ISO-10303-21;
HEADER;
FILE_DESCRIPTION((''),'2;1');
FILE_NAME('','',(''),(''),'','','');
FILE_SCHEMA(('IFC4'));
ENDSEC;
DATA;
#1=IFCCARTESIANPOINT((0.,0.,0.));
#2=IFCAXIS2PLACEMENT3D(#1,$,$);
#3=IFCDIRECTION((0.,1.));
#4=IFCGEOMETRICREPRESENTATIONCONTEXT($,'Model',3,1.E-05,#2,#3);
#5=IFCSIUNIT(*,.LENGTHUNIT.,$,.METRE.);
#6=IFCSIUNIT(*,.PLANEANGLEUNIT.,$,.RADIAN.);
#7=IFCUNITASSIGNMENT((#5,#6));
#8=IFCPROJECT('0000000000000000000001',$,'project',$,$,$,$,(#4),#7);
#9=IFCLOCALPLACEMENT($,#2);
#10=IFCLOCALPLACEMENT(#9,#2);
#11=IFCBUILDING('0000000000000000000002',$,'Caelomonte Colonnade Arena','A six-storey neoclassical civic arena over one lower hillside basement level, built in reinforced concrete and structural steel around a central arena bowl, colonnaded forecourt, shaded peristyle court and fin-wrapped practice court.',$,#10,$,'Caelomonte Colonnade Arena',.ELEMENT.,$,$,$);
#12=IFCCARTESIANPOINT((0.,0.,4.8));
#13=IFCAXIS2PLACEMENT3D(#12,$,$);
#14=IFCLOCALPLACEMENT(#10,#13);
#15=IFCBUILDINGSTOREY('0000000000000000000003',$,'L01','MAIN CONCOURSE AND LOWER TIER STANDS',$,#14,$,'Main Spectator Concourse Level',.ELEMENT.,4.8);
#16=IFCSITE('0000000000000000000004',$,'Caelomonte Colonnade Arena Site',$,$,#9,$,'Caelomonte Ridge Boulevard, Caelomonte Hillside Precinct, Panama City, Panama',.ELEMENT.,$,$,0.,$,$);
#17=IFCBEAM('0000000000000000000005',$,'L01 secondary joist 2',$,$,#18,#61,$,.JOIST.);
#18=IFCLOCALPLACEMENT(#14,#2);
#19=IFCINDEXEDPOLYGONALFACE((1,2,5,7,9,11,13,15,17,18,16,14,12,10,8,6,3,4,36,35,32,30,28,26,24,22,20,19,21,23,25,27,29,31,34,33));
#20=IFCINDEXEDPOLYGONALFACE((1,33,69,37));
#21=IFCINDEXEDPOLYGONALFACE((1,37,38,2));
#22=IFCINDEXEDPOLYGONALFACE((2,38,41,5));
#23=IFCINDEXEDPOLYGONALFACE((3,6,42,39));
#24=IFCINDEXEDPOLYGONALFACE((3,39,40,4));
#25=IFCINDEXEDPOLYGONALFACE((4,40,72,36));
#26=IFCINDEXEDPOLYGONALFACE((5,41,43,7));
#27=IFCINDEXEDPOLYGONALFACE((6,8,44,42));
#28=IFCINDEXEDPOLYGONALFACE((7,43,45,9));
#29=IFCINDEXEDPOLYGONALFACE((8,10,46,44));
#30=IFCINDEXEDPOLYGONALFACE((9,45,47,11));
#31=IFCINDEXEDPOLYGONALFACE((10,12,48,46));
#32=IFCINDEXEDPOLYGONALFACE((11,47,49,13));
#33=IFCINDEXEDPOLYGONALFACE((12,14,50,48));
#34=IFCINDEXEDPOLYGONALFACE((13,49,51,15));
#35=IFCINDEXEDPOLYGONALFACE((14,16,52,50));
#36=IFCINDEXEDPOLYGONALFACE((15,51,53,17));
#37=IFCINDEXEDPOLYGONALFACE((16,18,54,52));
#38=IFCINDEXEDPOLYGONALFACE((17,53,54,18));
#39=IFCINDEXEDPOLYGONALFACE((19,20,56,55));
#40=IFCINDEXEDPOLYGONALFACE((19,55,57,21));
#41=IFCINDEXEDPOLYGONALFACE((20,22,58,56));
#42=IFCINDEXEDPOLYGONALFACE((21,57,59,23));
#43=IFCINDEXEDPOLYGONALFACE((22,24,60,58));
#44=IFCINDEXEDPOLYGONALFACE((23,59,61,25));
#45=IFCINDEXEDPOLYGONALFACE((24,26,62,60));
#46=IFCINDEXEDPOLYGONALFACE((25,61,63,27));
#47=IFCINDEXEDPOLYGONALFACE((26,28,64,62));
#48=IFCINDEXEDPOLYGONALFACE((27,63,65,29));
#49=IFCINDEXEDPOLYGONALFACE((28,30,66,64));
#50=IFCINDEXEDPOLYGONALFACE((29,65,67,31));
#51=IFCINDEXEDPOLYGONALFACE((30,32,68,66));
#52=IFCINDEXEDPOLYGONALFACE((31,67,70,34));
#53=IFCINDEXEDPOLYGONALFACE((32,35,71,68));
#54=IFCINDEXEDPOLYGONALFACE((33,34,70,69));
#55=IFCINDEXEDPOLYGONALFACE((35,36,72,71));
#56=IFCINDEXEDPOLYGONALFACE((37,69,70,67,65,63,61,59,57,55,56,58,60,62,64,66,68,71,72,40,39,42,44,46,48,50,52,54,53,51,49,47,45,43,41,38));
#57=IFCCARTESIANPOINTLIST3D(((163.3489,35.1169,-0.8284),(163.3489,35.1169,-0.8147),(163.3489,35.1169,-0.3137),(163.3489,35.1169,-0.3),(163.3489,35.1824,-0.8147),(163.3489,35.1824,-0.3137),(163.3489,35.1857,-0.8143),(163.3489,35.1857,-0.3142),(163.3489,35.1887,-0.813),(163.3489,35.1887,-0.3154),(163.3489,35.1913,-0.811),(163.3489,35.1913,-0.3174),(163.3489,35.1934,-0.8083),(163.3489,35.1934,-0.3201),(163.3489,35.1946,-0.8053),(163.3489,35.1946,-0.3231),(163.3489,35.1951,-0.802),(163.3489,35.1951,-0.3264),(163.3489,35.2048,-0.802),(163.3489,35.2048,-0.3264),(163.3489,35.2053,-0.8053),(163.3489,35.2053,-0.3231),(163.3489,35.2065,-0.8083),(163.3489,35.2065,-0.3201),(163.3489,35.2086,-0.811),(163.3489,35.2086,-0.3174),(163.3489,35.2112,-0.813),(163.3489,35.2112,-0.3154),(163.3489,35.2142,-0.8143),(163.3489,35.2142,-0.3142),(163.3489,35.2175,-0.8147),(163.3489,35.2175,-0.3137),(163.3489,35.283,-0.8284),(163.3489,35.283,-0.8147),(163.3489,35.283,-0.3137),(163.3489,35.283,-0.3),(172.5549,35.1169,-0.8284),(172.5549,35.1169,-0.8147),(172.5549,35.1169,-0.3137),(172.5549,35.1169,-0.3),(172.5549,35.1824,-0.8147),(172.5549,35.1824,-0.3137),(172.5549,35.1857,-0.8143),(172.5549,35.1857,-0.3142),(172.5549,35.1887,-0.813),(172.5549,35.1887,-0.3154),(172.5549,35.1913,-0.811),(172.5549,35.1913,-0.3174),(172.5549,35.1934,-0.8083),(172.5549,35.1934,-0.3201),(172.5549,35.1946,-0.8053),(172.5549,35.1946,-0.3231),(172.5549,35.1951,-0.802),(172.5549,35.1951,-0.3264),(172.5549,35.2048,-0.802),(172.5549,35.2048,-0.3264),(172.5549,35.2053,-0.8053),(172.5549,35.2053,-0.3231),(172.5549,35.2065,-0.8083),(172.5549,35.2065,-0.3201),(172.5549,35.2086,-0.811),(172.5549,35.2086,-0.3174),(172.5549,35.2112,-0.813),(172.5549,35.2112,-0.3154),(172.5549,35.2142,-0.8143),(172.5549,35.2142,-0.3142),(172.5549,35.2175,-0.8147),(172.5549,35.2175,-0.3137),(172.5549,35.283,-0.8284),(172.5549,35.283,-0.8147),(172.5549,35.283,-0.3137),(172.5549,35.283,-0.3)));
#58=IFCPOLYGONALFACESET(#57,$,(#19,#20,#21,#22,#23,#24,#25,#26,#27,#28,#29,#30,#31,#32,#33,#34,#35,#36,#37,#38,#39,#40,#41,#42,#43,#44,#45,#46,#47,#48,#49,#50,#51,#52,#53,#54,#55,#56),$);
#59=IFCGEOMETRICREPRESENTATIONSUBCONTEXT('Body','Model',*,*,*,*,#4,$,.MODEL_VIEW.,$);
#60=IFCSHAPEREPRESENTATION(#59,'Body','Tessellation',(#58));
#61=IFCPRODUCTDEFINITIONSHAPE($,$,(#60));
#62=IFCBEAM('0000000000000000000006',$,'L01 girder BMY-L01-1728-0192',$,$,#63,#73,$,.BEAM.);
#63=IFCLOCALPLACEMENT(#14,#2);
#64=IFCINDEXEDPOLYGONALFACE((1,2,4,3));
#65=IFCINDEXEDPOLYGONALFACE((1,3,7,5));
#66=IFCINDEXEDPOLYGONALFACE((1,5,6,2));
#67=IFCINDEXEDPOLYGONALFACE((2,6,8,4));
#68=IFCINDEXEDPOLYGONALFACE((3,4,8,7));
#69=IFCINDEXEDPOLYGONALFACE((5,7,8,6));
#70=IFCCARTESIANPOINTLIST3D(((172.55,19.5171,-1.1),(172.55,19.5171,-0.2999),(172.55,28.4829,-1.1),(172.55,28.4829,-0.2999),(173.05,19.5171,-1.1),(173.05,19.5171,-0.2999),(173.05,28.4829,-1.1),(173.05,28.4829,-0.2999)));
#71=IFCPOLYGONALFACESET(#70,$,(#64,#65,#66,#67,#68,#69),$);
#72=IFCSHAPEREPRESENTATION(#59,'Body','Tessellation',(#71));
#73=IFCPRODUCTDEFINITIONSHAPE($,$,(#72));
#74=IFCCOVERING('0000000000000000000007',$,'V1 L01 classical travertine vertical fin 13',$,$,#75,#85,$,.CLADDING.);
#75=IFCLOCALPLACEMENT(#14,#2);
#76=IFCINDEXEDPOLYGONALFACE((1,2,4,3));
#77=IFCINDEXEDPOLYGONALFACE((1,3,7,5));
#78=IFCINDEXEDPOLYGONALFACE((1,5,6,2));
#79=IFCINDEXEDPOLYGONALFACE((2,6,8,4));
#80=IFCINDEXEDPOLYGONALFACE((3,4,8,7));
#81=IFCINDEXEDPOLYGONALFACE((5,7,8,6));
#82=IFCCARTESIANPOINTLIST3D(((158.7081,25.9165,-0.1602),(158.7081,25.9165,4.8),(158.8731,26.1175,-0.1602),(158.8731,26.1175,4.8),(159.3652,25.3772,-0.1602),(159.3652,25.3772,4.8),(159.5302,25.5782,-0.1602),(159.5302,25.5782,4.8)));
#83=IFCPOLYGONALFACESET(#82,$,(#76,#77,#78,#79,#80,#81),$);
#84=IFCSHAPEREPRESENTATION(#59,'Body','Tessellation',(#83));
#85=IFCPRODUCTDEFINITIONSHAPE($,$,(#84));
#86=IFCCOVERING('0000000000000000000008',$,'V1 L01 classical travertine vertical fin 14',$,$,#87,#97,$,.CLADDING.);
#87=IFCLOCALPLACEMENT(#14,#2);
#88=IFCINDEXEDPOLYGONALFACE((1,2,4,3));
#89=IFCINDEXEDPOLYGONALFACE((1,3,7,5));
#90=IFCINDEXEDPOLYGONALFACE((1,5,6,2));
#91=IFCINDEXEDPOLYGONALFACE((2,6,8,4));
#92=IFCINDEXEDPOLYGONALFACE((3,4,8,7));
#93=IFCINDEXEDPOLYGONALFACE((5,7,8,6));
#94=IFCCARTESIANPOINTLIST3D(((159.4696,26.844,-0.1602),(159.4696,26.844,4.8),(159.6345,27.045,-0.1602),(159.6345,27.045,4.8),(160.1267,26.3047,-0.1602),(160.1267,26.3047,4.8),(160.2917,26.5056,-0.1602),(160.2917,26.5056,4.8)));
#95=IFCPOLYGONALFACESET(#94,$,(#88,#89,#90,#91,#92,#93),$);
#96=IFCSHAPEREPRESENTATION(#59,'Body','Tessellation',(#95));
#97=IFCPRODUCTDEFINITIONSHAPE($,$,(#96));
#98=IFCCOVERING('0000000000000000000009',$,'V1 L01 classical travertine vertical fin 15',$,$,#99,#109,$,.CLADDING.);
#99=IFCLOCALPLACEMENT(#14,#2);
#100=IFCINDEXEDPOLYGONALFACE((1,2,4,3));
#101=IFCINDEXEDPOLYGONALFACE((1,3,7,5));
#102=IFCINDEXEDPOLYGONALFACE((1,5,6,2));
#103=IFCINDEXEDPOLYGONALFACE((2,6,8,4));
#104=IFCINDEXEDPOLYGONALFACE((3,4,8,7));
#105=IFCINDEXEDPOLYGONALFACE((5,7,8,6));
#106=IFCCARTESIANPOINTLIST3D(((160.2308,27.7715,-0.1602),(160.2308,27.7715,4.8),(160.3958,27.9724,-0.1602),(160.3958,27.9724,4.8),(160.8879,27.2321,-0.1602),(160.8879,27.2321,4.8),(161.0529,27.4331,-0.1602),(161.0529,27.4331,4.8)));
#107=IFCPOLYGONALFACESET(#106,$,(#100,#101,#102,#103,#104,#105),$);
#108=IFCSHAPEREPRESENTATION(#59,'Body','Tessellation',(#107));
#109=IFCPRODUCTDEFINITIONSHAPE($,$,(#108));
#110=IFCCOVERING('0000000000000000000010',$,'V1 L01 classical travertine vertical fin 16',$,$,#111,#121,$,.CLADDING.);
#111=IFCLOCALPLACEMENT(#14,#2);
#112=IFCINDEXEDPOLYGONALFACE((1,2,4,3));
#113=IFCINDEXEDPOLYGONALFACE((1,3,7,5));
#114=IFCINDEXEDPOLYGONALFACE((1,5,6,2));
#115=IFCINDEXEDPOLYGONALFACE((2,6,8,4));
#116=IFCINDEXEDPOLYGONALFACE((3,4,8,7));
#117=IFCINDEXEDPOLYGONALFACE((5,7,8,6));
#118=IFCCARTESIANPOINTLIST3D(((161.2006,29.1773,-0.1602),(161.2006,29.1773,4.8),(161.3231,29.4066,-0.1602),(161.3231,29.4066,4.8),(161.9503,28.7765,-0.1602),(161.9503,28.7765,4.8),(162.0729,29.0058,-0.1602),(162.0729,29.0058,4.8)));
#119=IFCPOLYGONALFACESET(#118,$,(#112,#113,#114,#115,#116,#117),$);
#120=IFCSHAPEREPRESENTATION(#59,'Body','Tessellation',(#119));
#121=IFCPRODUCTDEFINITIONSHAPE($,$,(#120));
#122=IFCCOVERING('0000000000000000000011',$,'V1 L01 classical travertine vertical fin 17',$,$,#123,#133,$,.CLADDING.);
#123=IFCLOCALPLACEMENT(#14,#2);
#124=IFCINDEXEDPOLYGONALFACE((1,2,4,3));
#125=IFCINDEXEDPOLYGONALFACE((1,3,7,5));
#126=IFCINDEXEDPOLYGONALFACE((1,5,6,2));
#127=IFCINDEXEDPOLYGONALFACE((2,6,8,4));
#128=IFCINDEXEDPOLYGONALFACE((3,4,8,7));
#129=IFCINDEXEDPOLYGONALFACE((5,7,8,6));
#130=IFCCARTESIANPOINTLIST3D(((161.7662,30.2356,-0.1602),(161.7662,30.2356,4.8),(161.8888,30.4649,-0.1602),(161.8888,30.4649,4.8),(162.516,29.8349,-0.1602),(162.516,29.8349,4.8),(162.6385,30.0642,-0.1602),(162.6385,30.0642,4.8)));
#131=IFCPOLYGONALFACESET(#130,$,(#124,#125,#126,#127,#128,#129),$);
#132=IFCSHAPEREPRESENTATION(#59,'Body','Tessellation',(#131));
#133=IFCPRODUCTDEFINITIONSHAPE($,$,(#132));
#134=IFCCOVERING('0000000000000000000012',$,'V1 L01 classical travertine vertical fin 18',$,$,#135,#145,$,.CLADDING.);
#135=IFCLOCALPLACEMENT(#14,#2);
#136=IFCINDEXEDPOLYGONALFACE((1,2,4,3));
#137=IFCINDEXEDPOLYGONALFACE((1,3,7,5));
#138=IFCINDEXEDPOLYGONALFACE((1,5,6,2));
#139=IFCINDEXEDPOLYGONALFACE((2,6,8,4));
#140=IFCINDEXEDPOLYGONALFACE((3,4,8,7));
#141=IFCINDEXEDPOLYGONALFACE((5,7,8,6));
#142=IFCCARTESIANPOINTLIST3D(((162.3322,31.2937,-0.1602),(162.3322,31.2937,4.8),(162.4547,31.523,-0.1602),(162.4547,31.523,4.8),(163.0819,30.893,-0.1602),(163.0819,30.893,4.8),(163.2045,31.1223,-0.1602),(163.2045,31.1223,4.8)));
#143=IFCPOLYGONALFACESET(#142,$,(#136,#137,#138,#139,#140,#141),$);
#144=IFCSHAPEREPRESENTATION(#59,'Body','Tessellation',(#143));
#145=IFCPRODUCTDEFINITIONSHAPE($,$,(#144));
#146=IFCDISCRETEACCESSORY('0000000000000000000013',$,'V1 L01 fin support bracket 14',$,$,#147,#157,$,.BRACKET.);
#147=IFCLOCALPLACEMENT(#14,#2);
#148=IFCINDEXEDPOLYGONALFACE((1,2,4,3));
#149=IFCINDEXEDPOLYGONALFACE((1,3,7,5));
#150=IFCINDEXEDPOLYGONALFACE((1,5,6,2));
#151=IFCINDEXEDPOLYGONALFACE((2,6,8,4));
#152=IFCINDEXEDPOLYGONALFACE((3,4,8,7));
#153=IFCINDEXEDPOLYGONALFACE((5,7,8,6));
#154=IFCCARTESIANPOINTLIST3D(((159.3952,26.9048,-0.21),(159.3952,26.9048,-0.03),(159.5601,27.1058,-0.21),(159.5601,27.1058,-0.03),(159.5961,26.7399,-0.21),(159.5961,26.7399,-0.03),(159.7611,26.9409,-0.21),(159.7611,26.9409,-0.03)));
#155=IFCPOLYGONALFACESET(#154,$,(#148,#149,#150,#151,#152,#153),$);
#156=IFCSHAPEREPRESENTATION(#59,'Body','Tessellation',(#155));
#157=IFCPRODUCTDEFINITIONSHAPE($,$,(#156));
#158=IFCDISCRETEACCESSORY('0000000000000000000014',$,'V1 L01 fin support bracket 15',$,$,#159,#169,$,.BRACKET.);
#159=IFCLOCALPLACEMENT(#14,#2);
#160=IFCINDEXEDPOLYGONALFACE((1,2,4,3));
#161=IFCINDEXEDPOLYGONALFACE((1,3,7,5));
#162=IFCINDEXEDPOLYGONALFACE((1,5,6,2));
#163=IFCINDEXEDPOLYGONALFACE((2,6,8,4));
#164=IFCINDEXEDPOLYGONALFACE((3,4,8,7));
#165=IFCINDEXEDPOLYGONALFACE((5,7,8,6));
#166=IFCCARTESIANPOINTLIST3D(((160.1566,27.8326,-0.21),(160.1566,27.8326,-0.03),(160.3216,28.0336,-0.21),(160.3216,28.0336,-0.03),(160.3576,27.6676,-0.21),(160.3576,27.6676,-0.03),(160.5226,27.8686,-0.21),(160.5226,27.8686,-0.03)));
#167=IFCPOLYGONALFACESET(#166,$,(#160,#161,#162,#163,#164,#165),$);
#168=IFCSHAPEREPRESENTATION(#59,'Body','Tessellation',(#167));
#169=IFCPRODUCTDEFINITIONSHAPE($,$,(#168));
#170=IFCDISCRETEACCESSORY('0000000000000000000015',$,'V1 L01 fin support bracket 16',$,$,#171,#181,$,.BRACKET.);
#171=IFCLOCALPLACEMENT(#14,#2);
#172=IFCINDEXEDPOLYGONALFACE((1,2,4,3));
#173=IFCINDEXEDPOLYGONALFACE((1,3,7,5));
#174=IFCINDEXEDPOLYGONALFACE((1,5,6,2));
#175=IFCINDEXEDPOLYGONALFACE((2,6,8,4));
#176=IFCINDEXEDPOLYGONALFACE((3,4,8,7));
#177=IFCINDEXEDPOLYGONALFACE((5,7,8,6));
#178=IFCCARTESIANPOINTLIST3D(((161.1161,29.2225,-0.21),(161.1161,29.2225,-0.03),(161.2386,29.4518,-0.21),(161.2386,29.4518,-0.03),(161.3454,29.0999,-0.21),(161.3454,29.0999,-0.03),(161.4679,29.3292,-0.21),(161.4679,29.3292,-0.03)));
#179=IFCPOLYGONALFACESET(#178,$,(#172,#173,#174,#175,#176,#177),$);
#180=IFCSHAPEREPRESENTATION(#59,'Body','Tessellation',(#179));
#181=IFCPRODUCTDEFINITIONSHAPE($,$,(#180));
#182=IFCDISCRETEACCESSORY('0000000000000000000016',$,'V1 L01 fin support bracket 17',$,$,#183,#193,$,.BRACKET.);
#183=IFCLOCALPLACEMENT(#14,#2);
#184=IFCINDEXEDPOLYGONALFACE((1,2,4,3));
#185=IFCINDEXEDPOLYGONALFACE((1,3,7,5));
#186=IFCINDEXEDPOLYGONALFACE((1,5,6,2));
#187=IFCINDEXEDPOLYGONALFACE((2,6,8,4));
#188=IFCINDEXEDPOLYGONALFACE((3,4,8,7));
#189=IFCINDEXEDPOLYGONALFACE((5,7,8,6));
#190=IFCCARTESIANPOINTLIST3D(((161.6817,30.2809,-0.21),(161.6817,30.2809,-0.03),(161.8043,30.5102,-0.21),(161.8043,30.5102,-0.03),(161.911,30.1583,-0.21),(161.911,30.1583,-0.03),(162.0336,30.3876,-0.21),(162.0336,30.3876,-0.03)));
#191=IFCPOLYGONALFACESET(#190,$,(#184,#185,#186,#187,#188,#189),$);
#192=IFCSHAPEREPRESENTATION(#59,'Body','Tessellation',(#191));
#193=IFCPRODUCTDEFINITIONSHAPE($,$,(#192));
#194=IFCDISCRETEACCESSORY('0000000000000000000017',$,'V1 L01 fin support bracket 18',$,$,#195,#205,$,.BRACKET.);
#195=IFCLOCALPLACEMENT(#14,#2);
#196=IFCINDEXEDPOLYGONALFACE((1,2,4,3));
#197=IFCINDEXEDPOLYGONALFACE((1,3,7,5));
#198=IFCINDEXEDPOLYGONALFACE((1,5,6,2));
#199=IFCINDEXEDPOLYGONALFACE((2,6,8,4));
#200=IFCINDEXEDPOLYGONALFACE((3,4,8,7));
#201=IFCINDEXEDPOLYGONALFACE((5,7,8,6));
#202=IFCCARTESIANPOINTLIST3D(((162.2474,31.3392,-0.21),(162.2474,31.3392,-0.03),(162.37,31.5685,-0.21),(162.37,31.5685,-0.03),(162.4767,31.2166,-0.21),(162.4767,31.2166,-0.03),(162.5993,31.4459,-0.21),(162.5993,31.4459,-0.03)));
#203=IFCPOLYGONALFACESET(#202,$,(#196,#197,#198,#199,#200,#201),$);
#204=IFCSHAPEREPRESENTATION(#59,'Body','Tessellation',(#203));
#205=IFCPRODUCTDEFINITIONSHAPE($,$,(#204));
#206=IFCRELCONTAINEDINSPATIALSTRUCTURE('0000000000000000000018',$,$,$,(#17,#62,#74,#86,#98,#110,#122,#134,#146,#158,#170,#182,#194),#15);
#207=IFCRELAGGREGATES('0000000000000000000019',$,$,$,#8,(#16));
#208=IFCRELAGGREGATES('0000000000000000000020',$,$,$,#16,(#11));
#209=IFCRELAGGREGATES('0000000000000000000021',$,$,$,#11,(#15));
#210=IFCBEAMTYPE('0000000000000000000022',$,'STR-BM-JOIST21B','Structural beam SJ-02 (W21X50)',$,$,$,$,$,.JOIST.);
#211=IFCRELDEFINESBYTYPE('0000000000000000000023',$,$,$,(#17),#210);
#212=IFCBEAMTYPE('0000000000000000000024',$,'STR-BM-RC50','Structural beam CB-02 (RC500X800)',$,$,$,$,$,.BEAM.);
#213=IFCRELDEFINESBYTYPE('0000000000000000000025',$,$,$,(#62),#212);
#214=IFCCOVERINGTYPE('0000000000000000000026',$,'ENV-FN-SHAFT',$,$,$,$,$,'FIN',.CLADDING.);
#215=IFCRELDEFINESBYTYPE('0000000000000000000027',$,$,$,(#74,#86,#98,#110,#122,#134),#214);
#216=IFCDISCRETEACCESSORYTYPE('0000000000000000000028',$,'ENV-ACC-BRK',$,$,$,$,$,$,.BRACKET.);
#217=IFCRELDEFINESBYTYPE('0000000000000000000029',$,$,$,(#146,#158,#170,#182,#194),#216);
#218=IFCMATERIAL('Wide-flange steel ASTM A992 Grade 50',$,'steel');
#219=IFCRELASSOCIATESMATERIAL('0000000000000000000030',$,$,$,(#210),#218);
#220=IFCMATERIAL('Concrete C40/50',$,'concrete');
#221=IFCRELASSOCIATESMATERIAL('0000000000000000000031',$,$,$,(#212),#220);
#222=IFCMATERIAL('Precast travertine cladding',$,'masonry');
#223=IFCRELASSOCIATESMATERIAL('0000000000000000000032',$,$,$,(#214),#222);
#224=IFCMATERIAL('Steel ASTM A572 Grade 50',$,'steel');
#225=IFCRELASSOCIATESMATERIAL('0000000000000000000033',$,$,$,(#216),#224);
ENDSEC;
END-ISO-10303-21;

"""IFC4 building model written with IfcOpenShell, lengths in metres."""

from ifc_helpers import new_model, si_unit, direction, frame, origin, origin_2d, place, context, subcontext, project, spatial, rectangle, i_section, extrude, material, material_profile, profile_set, type_object, element, save


model = new_model("IFC4")

# Units and contexts
model_context = context("Model", 3, precision=1e-05, world=origin(), true_north=direction((0.0, 1.0)))
body_context = subcontext(model_context, "Body", "Model", "MODEL_VIEW")
ifc_project = project(units=[si_unit("LENGTHUNIT", "METRE"), si_unit("PLANEANGLEUNIT", "RADIAN")], contexts=[model_context])

# Site, building, storey
site_placement = place(None, origin())
site = spatial("IfcSite", under=ifc_project, at=site_placement, Name="Caelomonte Colonnade Arena Site", LongName="Caelomonte Ridge Boulevard, Caelomonte Hillside Precinct, Panama City, Panama", CompositionType="ELEMENT", RefElevation=0.0)
building_placement = place(site_placement, origin())
building = spatial("IfcBuilding", under=site, at=building_placement, Name="Caelomonte Colonnade Arena", Description="A six-storey neoclassical civic arena over one lower hillside basement level, built in reinforced concrete and structural steel around a central arena bowl, colonnaded forecourt, shaded peristyle court and fin-wrapped practice court.", LongName="Caelomonte Colonnade Arena", CompositionType="ELEMENT")
storey_placement = place(building_placement, frame((0.0, 0.0, 4.8)))
storey = spatial("IfcBuildingStorey", under=building, at=storey_placement, Name="L01", Description="MAIN CONCOURSE AND LOWER TIER STANDS", LongName="Main Spectator Concourse Level", CompositionType="ELEMENT", Elevation=4.8)

# Shared definitions
ifc_material_1 = material(Name="Concrete C40/50", Category="concrete")

# Beams
ifc_material_2 = material(Name="Wide-flange steel ASTM A992 Grade 50", Category="steel")
ifc_material_profile_1 = material_profile(ifc_material_2, i_section(OverallWidth=0.166, OverallDepth=0.5283, WebThickness=0.0098, FlangeThickness=0.0137, FilletRadius=0.0127, at=origin_2d()), Name="W21X50")
ifc_profile_set_1 = profile_set([ifc_material_profile_1], Name="Wide-flange steel ASTM A992 Grade 50")
beam_type_1 = type_object("IfcBeamType", Name="STR-BM-JOIST21B", Description="Structural beam SJ-02 (W21X50)", PredefinedType="JOIST", material=ifc_profile_set_1)
for number, where, z_axis, x_axis, name in (
    (1, (163.3489, 35.2, -0.5642), (1.0, 0.0, 0.0), (0.0, 1.0, 0.0), "L01 secondary joist 2"),
):
    element("IfcBeam", number, at=place(storey_placement, frame(where, z_axis=z_axis, x_axis=x_axis)), inside=storey, type_object=beam_type_1, Name=name, PredefinedType="JOIST", context=body_context, shape_type="SweptSolid", body=[
        extrude(i_section(OverallWidth=0.166, OverallDepth=0.5283, WebThickness=0.0098, FlangeThickness=0.0137, FilletRadius=0.0127, at=origin_2d()), origin(), (0.0, 0.0, 1.0), 9.2061),
    ])
ifc_material_profile_2 = material_profile(ifc_material_1, rectangle(XDim=0.5, YDim=0.8, at=origin_2d()), Name="RC500X800")
ifc_profile_set_2 = profile_set([ifc_material_profile_2], Name="Concrete C40/50")
beam_type_2 = type_object("IfcBeamType", Name="STR-BM-RC50", Description="Structural beam CB-02 (RC500X800)", PredefinedType="BEAM", material=ifc_profile_set_2)
beam_1_placement = place(storey_placement, frame((172.8, 19.5171, -0.7), z_axis=(0.0, 1.0, 0.0), x_axis=(-1.0, 0.0, 0.0)))
element("IfcBeam", 2, at=beam_1_placement, inside=storey, type_object=beam_type_2, Name="L01 girder BMY-L01-1728-0192", PredefinedType="BEAM", context=body_context, shape_type="SweptSolid", body=[
    extrude(rectangle(XDim=0.5, YDim=0.8, at=origin_2d()), origin(), (0.0, 0.0, 1.0), 8.9658),
])

# Coverings
ifc_material_3 = material(Name="Precast travertine cladding", Category="masonry")
ifc_material_profile_3 = material_profile(ifc_material_3, rectangle(XDim=0.26, YDim=0.8501, at=origin_2d()), Name="FIN260X850")
ifc_profile_set_3 = profile_set([ifc_material_profile_3], Name="Precast travertine cladding")
covering_type = type_object("IfcCoveringType", Name="ENV-FN-SHAFT", ElementType="FIN", PredefinedType="CLADDING", material=ifc_profile_set_3)
for number, where, z_axis, x_axis, name in (
    (3, (159.1191, 25.7473, -0.1602), (0.0, 0.0, 1.0), (-0.634414, -0.772994, 0.0), "V1 L01 classical travertine vertical fin 13"),
    (4, (159.8806, 26.6748, -0.1602), (0.0, 0.0, 1.0), (-0.634414, -0.772994, 0.0), "V1 L01 classical travertine vertical fin 14"),
    (5, (160.6418, 27.6023, -0.1602), (0.0, 0.0, 1.0), (-0.634414, -0.772994, 0.0), "V1 L01 classical travertine vertical fin 15"),
    (6, (161.6367, 29.0916, -0.1602), (0.0, 0.0, 1.0), (-0.471397, -0.881921, 0.0), "V1 L01 classical travertine vertical fin 16"),
    (7, (162.2024, 30.1499, -0.1602), (0.0, 0.0, 1.0), (-0.471397, -0.881921, 0.0), "V1 L01 classical travertine vertical fin 17"),
    (8, (162.7683, 31.208, -0.1602), (0.0, 0.0, 1.0), (-0.471397, -0.881921, 0.0), "V1 L01 classical travertine vertical fin 18"),
):
    element("IfcCovering", number, at=place(storey_placement, frame(where, z_axis=z_axis, x_axis=x_axis)), inside=storey, type_object=covering_type, Name=name, PredefinedType="CLADDING", context=body_context, shape_type="SweptSolid", body=[
        extrude(rectangle(XDim=0.26, YDim=0.8501, at=origin_2d()), origin(), (0.0, 0.0, 1.0), 4.9602),
    ])

# Discrete accessories
ifc_material_4 = material(Name="Steel ASTM A572 Grade 50", Category="steel")
discrete_accessory_type = type_object("IfcDiscreteAccessoryType", Name="ENV-ACC-BRK", PredefinedType="BRACKET", material=ifc_material_4)
for number, where, z_axis, x_axis, name in (
    (9, (159.5781, 26.9229, -0.21), (0.0, 0.0, 1.0), (0.634414, 0.772994, 0.0), "V1 L01 fin support bracket 14"),
    (10, (160.3396, 27.8506, -0.21), (0.0, 0.0, 1.0), (0.634414, 0.772994, 0.0), "V1 L01 fin support bracket 15"),
    (11, (161.292, 29.2759, -0.21), (0.0, 0.0, 1.0), (0.471397, 0.881921, 0.0), "V1 L01 fin support bracket 16"),
    (12, (161.8577, 30.3342, -0.21), (0.0, 0.0, 1.0), (0.471397, 0.881921, 0.0), "V1 L01 fin support bracket 17"),
    (13, (162.4233, 31.3926, -0.21), (0.0, 0.0, 1.0), (0.471397, 0.881921, 0.0), "V1 L01 fin support bracket 18"),
):
    element("IfcDiscreteAccessory", number, at=place(storey_placement, frame(where, z_axis=z_axis, x_axis=x_axis)), inside=storey, type_object=discrete_accessory_type, Name=name, PredefinedType="BRACKET", context=body_context, shape_type="SweptSolid", body=[
        extrude(rectangle(XDim=0.26, YDim=0.26, at=origin_2d()), origin(), (0.0, 0.0, 1.0), 0.1799),
    ])

save(model, "model.ifc")
